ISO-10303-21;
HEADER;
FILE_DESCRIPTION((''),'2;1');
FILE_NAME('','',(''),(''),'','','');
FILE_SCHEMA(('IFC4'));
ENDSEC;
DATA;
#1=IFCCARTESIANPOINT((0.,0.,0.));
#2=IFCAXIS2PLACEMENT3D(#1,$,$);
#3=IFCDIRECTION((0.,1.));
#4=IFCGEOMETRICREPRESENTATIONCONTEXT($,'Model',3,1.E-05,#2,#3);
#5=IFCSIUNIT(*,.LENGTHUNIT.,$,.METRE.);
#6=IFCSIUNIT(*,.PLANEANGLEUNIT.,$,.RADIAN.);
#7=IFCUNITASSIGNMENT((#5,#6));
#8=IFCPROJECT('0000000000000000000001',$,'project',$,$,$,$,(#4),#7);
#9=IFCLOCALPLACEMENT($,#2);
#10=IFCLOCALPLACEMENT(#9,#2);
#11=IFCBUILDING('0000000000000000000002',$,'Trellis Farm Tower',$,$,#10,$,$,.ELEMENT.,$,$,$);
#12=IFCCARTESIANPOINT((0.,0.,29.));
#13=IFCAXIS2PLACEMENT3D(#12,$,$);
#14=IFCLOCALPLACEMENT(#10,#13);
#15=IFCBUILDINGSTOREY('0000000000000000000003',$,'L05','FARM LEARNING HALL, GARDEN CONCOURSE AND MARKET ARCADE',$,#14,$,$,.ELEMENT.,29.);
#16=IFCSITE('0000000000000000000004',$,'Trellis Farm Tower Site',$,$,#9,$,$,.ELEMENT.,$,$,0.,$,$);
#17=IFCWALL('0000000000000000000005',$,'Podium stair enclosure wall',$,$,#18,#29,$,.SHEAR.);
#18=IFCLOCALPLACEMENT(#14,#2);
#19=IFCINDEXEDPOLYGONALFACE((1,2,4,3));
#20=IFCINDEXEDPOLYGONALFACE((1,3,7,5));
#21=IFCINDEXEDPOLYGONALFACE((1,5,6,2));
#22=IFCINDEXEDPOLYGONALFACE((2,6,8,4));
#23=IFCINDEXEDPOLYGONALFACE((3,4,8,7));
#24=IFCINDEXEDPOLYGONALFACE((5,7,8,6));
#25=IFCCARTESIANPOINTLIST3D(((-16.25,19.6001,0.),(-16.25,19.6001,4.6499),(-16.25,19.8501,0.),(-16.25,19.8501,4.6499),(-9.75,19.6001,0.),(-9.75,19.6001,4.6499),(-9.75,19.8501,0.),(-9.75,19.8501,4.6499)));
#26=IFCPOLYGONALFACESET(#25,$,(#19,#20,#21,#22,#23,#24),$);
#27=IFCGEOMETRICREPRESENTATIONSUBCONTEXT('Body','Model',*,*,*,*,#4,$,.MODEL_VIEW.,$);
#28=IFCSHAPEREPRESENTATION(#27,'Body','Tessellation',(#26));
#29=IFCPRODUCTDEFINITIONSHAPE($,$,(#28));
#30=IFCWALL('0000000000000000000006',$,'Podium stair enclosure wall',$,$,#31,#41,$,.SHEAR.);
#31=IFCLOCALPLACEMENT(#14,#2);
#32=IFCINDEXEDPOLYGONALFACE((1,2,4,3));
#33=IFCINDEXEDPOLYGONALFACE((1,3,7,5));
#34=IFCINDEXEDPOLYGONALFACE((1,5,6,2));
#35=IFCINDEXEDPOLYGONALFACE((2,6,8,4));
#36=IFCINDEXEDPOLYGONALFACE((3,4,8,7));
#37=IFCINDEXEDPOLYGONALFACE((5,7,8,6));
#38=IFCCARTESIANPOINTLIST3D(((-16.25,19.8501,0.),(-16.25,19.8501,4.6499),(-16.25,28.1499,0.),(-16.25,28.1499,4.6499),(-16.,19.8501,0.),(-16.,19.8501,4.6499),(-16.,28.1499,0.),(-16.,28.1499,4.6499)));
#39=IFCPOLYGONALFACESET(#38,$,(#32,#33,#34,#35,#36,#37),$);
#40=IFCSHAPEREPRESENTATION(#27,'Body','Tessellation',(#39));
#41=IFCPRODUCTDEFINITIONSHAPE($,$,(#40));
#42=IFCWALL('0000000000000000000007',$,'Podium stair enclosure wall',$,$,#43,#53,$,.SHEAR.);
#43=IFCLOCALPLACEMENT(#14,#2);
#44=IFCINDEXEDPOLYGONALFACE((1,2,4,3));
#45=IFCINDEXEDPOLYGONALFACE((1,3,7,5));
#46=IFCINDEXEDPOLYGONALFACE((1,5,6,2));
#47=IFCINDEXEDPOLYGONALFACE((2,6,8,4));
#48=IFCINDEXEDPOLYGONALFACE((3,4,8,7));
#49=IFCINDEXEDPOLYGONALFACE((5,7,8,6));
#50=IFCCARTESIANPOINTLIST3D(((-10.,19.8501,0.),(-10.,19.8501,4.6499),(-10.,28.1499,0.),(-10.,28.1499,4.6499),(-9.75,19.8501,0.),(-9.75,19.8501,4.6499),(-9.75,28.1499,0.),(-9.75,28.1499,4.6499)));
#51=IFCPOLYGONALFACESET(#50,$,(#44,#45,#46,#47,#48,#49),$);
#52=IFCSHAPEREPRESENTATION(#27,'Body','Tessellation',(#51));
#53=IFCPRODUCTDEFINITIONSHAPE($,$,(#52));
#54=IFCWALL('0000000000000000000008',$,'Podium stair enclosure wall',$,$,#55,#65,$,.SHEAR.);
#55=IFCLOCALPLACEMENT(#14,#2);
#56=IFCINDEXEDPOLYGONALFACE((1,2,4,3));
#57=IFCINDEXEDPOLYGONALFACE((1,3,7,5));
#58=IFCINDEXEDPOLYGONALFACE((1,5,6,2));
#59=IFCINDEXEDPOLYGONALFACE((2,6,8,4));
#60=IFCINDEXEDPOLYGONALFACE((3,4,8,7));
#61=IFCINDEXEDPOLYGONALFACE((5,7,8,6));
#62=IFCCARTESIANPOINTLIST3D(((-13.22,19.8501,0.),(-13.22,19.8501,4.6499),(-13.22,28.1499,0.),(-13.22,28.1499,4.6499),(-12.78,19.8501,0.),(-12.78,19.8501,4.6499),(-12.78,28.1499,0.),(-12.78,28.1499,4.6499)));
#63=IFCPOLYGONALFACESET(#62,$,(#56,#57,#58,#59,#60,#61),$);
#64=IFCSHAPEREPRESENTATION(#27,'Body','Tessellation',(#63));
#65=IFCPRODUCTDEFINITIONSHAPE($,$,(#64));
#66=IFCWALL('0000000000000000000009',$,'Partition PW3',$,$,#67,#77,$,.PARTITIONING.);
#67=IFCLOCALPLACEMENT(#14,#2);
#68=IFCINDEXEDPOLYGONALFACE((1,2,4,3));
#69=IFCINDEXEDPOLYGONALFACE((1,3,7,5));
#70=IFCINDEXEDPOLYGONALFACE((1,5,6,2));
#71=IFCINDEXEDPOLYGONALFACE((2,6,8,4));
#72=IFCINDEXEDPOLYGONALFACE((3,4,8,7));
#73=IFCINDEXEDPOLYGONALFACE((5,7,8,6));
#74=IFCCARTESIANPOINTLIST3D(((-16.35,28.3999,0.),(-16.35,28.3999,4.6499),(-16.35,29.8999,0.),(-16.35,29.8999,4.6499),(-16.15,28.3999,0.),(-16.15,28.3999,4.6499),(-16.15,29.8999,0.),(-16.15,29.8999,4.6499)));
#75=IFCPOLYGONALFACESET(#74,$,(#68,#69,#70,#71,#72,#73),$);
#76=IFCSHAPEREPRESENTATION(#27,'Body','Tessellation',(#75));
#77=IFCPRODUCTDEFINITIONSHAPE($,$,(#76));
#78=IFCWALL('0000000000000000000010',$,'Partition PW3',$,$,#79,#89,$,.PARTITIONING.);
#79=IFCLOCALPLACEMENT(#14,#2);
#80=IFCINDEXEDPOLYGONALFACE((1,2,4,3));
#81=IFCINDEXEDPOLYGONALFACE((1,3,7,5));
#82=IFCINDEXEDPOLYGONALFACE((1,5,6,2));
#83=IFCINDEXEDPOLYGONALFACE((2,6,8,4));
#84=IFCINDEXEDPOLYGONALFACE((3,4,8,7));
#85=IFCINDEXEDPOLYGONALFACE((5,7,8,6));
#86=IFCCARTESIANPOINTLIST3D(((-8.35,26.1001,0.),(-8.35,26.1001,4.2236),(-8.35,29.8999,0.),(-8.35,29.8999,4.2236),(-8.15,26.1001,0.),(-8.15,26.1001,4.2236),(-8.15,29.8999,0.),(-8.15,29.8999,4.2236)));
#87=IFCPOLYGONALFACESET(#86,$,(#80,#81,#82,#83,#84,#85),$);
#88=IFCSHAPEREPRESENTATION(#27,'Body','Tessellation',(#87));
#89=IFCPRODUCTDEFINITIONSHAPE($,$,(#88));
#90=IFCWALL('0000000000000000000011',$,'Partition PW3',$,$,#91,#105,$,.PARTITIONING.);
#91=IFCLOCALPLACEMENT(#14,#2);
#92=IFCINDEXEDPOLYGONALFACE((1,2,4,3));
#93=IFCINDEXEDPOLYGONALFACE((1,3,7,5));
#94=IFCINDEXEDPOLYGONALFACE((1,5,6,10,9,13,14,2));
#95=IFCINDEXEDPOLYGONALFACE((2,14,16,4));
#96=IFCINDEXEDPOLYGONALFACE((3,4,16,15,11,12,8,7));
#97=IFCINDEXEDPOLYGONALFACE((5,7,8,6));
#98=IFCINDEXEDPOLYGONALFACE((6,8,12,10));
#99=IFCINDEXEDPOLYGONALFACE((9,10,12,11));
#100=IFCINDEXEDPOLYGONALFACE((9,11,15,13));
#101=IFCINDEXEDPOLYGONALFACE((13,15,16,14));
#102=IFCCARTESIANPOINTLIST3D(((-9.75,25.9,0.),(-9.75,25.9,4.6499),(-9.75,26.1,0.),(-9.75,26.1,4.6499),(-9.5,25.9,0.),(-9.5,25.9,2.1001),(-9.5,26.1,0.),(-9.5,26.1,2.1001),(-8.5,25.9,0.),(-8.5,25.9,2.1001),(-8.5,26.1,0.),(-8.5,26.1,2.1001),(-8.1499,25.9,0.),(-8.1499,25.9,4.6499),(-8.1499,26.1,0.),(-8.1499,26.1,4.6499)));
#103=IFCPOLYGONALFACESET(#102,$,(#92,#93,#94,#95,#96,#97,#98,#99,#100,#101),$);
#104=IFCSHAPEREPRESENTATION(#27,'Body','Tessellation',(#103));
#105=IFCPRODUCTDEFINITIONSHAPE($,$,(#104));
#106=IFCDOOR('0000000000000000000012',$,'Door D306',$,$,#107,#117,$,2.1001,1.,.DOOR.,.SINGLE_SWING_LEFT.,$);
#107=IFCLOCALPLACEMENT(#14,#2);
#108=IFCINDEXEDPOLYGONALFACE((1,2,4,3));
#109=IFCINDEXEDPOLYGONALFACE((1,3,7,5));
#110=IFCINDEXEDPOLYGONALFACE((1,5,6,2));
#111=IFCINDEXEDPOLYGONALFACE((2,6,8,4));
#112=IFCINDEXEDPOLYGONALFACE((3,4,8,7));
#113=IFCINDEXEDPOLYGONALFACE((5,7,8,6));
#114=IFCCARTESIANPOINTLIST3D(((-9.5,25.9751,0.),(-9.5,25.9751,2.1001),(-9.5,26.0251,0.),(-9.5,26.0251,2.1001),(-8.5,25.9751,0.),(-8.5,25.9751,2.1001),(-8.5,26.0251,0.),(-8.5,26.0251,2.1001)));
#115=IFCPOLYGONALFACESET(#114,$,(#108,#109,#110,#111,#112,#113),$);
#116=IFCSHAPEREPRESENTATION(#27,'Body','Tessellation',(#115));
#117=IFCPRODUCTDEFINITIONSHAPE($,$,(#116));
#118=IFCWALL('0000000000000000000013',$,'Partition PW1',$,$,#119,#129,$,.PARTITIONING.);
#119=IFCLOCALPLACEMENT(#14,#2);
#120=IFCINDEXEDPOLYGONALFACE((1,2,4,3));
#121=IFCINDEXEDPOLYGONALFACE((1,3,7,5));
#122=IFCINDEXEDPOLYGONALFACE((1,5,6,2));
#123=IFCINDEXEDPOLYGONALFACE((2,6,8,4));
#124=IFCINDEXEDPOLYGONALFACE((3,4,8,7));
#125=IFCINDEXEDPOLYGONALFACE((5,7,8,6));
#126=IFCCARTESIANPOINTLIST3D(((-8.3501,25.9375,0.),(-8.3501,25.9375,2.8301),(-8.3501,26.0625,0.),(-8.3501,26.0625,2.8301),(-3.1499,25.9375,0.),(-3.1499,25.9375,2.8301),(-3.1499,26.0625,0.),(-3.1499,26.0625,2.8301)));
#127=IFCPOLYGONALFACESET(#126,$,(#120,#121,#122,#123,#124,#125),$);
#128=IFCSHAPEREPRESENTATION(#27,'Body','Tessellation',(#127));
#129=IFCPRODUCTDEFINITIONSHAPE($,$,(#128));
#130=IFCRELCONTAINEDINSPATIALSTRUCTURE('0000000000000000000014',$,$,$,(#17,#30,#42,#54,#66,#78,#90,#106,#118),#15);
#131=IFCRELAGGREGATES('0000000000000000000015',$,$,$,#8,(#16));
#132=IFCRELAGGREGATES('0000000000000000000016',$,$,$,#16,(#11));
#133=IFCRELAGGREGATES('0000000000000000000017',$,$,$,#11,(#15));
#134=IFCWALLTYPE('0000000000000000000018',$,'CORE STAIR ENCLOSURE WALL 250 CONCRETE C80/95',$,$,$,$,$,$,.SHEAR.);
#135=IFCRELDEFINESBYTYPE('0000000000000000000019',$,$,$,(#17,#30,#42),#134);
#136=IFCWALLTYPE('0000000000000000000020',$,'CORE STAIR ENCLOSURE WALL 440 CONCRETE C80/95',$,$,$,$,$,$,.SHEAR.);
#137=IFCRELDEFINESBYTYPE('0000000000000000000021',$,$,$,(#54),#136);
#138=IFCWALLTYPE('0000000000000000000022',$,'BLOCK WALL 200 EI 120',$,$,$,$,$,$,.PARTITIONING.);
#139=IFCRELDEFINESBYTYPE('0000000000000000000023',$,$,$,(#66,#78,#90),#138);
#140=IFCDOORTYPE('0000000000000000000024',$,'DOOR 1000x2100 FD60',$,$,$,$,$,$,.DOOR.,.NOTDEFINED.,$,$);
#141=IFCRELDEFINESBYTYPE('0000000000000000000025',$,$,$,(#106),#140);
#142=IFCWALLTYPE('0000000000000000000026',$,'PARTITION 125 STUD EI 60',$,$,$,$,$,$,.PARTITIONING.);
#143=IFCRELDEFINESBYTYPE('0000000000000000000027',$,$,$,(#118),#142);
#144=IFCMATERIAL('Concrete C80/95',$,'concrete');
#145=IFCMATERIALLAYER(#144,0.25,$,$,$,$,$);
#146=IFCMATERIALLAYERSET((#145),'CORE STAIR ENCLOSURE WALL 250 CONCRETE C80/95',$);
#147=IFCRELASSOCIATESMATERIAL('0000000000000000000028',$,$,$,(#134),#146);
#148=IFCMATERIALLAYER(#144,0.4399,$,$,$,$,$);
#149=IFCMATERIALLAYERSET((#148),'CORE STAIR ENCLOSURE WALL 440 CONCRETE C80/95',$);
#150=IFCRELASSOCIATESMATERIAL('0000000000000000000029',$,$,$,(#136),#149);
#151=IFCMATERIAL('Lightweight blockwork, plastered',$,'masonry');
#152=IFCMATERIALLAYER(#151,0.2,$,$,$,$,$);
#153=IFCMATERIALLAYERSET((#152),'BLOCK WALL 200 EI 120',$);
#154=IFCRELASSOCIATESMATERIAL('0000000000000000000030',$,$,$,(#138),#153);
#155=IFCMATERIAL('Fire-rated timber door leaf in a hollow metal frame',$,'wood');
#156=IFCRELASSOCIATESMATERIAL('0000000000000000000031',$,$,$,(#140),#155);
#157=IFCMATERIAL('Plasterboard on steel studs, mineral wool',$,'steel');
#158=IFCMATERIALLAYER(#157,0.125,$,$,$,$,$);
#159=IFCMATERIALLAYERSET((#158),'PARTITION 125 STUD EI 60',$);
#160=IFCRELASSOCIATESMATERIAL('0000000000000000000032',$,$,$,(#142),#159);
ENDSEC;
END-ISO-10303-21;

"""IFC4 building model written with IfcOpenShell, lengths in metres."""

from ifc_helpers import new_model, si_unit, direction, frame, frame_2d, origin, place, context, subcontext, project, spatial, rectangle, extrude, source, transform, mapped, material, layer, layer_set, type_object, element, fill, save


model = new_model("IFC4")

# Units and contexts
model_context = context("Model", 3, precision=1e-05, world=origin(), true_north=direction((0.0, 1.0)))
body_context = subcontext(model_context, "Body", "Model", "MODEL_VIEW")
ifc_project = project(units=[si_unit("LENGTHUNIT", "METRE"), si_unit("PLANEANGLEUNIT", "RADIAN")], contexts=[model_context])

# Site, building, storey
site_placement = place(None, origin())
site = spatial("IfcSite", under=ifc_project, at=site_placement, Name="Trellis Farm Tower Site", CompositionType="ELEMENT", RefElevation=0.0)
building_placement = place(site_placement, origin())
building = spatial("IfcBuilding", under=site, at=building_placement, Name="Trellis Farm Tower", CompositionType="ELEMENT")
storey_placement = place(building_placement, frame((0.0, 0.0, 29.0)))
storey = spatial("IfcBuildingStorey", under=building, at=storey_placement, Name="L05", Description="FARM LEARNING HALL, GARDEN CONCOURSE AND MARKET ARCADE", CompositionType="ELEMENT", Elevation=29.0)

# Shared definitions
ifc_material_1 = material(Name="Concrete C80/95", Category="concrete")
ifc_layer_1 = layer(ifc_material_1, 0.25)
ifc_layer_set_1 = layer_set([ifc_layer_1], Name="CORE STAIR ENCLOSURE WALL 250 CONCRETE C80/95")
wall_type_1 = type_object("IfcWallType", Name="CORE STAIR ENCLOSURE WALL 250 CONCRETE C80/95", PredefinedType="SHEAR", material=ifc_layer_set_1)
shared_shape_1 = source(origin(), body_context, "Body", "SweptSolid", [
    extrude(rectangle(XDim=6.5, YDim=0.25, at=frame_2d((3.25, 0.0))), origin(), (0.0, 0.0, 1.0), 4.6499),
])

# Walls
wall_1_placement = place(storey_placement, frame((-16.25, 19.7251, 0.0), z_axis=(0.0, 0.0, 1.0), x_axis=(1.0, 0.0, 0.0)))
element("IfcWall", 1, at=wall_1_placement, inside=storey, type_object=wall_type_1, Name="Podium stair enclosure wall", PredefinedType="SHEAR", context=body_context, shape_type="MappedRepresentation", body=[
    mapped(shared_shape_1, transform((0.0, 0.0, 0.0))),
])
shared_shape_2 = source(origin(), body_context, "Body", "SweptSolid", [
    extrude(rectangle(XDim=8.2998, YDim=0.25, at=frame_2d((4.1499, 0.0))), origin(), (0.0, 0.0, 1.0), 4.6499),
])
for number, where, z_axis, x_axis, name in (
    (2, (-16.125, 19.8501, 0.0), (0.0, 0.0, 1.0), (0.0, 1.0, 0.0), "Podium stair enclosure wall"),
    (3, (-9.875, 19.8501, 0.0), (0.0, 0.0, 1.0), (0.0, 1.0, 0.0), "Podium stair enclosure wall"),
):
    element("IfcWall", number, at=place(storey_placement, frame(where, z_axis=z_axis, x_axis=x_axis)), inside=storey, type_object=wall_type_1, Name=name, PredefinedType="SHEAR", context=body_context, shape_type="MappedRepresentation", body=[
        mapped(shared_shape_2, transform((0.0, 0.0, 0.0))),
    ])
ifc_layer_2 = layer(ifc_material_1, 0.4399)
ifc_layer_set_2 = layer_set([ifc_layer_2], Name="CORE STAIR ENCLOSURE WALL 440 CONCRETE C80/95")
wall_type_2 = type_object("IfcWallType", Name="CORE STAIR ENCLOSURE WALL 440 CONCRETE C80/95", PredefinedType="SHEAR", material=ifc_layer_set_2)
shared_shape_3 = source(origin(), body_context, "Body", "SweptSolid", [
    extrude(rectangle(XDim=8.2998, YDim=0.4399, at=frame_2d((4.1499, 0.0))), origin(), (0.0, 0.0, 1.0), 4.6499),
])
wall_2_placement = place(storey_placement, frame((-13.0, 19.8501, 0.0), z_axis=(0.0, 0.0, 1.0), x_axis=(0.0, 1.0, 0.0)))
element("IfcWall", 4, at=wall_2_placement, inside=storey, type_object=wall_type_2, Name="Podium stair enclosure wall", PredefinedType="SHEAR", context=body_context, shape_type="MappedRepresentation", body=[
    mapped(shared_shape_3, transform((0.0, 0.0, 0.0))),
])
ifc_material_2 = material(Name="Lightweight blockwork, plastered", Category="masonry")
ifc_layer_3 = layer(ifc_material_2, 0.2)
ifc_layer_set_3 = layer_set([ifc_layer_3], Name="BLOCK WALL 200 EI 120")
wall_type_3 = type_object("IfcWallType", Name="BLOCK WALL 200 EI 120", PredefinedType="PARTITIONING", material=ifc_layer_set_3)
shared_shape_4 = source(origin(), body_context, "Body", "SweptSolid", [
    extrude(rectangle(XDim=1.5, YDim=0.2, at=frame_2d((0.75, 0.0))), origin(), (0.0, 0.0, 1.0), 4.6499),
])
wall_3_placement = place(storey_placement, frame((-16.25, 28.3999, 0.0), z_axis=(0.0, 0.0, 1.0), x_axis=(0.0, 1.0, 0.0)))
element("IfcWall", 5, at=wall_3_placement, inside=storey, type_object=wall_type_3, Name="Partition PW3", PredefinedType="PARTITIONING", context=body_context, shape_type="MappedRepresentation", body=[
    mapped(shared_shape_4, transform((0.0, 0.0, 0.0))),
])
shared_shape_5 = source(origin(), body_context, "Body", "SweptSolid", [
    extrude(rectangle(XDim=3.7998, YDim=0.2, at=frame_2d((1.8999, 0.0))), origin(), (0.0, 0.0, 1.0), 4.2236),
])
wall_4_placement = place(storey_placement, frame((-8.25, 26.1001, 0.0), z_axis=(0.0, 0.0, 1.0), x_axis=(0.0, 1.0, 0.0)))
element("IfcWall", 6, at=wall_4_placement, inside=storey, type_object=wall_type_3, Name="Partition PW3", PredefinedType="PARTITIONING", context=body_context, shape_type="MappedRepresentation", body=[
    mapped(shared_shape_5, transform((0.0, 0.0, 0.0))),
])

# Wall, opening, door
shared_shape_6 = source(origin(), body_context, "Body", "SweptSolid", [
    extrude(rectangle(XDim=1.6001, YDim=0.2, at=frame_2d((0.8, 0.0))), origin(), (0.0, 0.0, 1.0), 4.6499),
])
wall_5_placement = place(storey_placement, frame((-8.1499, 26.0, 0.0), z_axis=(0.0, 0.0, 1.0), x_axis=(-1.0, 0.0, 0.0)))
wall_5 = element("IfcWall", 7, at=wall_5_placement, inside=storey, type_object=wall_type_3, Name="Partition PW3", PredefinedType="PARTITIONING", context=body_context, shape_type="MappedRepresentation", body=[
    mapped(shared_shape_6, transform((0.0, 0.0, 0.0))),
])
shared_shape_7 = source(origin(), body_context, "Body", "SweptSolid", [
    extrude(rectangle(XDim=1.0, YDim=2.1001, at=frame_2d((0.5, 1.05))), frame((0.0, 0.1101, 0.0), z_axis=(0.0, -1.0, 0.0), x_axis=(1.0, 0.0, 0.0)), (0.0, 0.0, 1.0), 0.2202),
])
opening_1_placement = place(wall_5_placement, frame((0.3501, 0.0, 0.0)))
opening_1 = element("IfcOpeningElement", 8, at=opening_1_placement, cuts=wall_5, PredefinedType="OPENING", context=body_context, shape_type="MappedRepresentation", body=[
    mapped(shared_shape_7, transform((0.0, 0.0, 0.0))),
])
ifc_material_3 = material(Name="Fire-rated timber door leaf in a hollow metal frame", Category="wood")
door_type_1 = type_object("IfcDoorType", Name="DOOR 1000x2100 FD60", OperationType="NOTDEFINED", PredefinedType="DOOR", material=ifc_material_3)
shared_shape_8 = source(origin(), body_context, "Body", "SweptSolid", [
    extrude(rectangle(XDim=1.0, YDim=2.1001, at=frame_2d((0.5, 1.05))), frame((0.0, 0.0249, 0.0), z_axis=(0.0, -1.0, 0.0), x_axis=(1.0, 0.0, 0.0)), (0.0, 0.0, 1.0), 0.05),
])
door_1_placement = place(opening_1_placement, origin())
door_1 = element("IfcDoor", 9, at=door_1_placement, inside=storey, type_object=door_type_1, Name="Door D306", OperationType="SINGLE_SWING_LEFT", OverallHeight=2.1001, OverallWidth=1.0, PredefinedType="DOOR", context=body_context, shape_type="MappedRepresentation", body=[
    mapped(shared_shape_8, transform((0.0, 0.0, 0.0))),
])
fill(opening_1, door_1)

# Wall
ifc_material_4 = material(Name="Plasterboard on steel studs, mineral wool", Category="steel")
ifc_layer_4 = layer(ifc_material_4, 0.125)
ifc_layer_set_4 = layer_set([ifc_layer_4], Name="PARTITION 125 STUD EI 60")
wall_type_4 = type_object("IfcWallType", Name="PARTITION 125 STUD EI 60", PredefinedType="PARTITIONING", material=ifc_layer_set_4)
shared_shape_9 = source(origin(), body_context, "Body", "SweptSolid", [
    extrude(rectangle(XDim=5.2002, YDim=0.125, at=frame_2d((2.6001, 0.0))), origin(), (0.0, 0.0, 1.0), 2.8301),
])
wall_6_placement = place(storey_placement, frame((-8.3501, 26.0, 0.0), z_axis=(0.0, 0.0, 1.0), x_axis=(1.0, 0.0, 0.0)))
element("IfcWall", 10, at=wall_6_placement, inside=storey, type_object=wall_type_4, Name="Partition PW1", PredefinedType="PARTITIONING", context=body_context, shape_type="MappedRepresentation", body=[
    mapped(shared_shape_9, transform((0.0, 0.0, 0.0))),
])

save(model, "model.ifc")
